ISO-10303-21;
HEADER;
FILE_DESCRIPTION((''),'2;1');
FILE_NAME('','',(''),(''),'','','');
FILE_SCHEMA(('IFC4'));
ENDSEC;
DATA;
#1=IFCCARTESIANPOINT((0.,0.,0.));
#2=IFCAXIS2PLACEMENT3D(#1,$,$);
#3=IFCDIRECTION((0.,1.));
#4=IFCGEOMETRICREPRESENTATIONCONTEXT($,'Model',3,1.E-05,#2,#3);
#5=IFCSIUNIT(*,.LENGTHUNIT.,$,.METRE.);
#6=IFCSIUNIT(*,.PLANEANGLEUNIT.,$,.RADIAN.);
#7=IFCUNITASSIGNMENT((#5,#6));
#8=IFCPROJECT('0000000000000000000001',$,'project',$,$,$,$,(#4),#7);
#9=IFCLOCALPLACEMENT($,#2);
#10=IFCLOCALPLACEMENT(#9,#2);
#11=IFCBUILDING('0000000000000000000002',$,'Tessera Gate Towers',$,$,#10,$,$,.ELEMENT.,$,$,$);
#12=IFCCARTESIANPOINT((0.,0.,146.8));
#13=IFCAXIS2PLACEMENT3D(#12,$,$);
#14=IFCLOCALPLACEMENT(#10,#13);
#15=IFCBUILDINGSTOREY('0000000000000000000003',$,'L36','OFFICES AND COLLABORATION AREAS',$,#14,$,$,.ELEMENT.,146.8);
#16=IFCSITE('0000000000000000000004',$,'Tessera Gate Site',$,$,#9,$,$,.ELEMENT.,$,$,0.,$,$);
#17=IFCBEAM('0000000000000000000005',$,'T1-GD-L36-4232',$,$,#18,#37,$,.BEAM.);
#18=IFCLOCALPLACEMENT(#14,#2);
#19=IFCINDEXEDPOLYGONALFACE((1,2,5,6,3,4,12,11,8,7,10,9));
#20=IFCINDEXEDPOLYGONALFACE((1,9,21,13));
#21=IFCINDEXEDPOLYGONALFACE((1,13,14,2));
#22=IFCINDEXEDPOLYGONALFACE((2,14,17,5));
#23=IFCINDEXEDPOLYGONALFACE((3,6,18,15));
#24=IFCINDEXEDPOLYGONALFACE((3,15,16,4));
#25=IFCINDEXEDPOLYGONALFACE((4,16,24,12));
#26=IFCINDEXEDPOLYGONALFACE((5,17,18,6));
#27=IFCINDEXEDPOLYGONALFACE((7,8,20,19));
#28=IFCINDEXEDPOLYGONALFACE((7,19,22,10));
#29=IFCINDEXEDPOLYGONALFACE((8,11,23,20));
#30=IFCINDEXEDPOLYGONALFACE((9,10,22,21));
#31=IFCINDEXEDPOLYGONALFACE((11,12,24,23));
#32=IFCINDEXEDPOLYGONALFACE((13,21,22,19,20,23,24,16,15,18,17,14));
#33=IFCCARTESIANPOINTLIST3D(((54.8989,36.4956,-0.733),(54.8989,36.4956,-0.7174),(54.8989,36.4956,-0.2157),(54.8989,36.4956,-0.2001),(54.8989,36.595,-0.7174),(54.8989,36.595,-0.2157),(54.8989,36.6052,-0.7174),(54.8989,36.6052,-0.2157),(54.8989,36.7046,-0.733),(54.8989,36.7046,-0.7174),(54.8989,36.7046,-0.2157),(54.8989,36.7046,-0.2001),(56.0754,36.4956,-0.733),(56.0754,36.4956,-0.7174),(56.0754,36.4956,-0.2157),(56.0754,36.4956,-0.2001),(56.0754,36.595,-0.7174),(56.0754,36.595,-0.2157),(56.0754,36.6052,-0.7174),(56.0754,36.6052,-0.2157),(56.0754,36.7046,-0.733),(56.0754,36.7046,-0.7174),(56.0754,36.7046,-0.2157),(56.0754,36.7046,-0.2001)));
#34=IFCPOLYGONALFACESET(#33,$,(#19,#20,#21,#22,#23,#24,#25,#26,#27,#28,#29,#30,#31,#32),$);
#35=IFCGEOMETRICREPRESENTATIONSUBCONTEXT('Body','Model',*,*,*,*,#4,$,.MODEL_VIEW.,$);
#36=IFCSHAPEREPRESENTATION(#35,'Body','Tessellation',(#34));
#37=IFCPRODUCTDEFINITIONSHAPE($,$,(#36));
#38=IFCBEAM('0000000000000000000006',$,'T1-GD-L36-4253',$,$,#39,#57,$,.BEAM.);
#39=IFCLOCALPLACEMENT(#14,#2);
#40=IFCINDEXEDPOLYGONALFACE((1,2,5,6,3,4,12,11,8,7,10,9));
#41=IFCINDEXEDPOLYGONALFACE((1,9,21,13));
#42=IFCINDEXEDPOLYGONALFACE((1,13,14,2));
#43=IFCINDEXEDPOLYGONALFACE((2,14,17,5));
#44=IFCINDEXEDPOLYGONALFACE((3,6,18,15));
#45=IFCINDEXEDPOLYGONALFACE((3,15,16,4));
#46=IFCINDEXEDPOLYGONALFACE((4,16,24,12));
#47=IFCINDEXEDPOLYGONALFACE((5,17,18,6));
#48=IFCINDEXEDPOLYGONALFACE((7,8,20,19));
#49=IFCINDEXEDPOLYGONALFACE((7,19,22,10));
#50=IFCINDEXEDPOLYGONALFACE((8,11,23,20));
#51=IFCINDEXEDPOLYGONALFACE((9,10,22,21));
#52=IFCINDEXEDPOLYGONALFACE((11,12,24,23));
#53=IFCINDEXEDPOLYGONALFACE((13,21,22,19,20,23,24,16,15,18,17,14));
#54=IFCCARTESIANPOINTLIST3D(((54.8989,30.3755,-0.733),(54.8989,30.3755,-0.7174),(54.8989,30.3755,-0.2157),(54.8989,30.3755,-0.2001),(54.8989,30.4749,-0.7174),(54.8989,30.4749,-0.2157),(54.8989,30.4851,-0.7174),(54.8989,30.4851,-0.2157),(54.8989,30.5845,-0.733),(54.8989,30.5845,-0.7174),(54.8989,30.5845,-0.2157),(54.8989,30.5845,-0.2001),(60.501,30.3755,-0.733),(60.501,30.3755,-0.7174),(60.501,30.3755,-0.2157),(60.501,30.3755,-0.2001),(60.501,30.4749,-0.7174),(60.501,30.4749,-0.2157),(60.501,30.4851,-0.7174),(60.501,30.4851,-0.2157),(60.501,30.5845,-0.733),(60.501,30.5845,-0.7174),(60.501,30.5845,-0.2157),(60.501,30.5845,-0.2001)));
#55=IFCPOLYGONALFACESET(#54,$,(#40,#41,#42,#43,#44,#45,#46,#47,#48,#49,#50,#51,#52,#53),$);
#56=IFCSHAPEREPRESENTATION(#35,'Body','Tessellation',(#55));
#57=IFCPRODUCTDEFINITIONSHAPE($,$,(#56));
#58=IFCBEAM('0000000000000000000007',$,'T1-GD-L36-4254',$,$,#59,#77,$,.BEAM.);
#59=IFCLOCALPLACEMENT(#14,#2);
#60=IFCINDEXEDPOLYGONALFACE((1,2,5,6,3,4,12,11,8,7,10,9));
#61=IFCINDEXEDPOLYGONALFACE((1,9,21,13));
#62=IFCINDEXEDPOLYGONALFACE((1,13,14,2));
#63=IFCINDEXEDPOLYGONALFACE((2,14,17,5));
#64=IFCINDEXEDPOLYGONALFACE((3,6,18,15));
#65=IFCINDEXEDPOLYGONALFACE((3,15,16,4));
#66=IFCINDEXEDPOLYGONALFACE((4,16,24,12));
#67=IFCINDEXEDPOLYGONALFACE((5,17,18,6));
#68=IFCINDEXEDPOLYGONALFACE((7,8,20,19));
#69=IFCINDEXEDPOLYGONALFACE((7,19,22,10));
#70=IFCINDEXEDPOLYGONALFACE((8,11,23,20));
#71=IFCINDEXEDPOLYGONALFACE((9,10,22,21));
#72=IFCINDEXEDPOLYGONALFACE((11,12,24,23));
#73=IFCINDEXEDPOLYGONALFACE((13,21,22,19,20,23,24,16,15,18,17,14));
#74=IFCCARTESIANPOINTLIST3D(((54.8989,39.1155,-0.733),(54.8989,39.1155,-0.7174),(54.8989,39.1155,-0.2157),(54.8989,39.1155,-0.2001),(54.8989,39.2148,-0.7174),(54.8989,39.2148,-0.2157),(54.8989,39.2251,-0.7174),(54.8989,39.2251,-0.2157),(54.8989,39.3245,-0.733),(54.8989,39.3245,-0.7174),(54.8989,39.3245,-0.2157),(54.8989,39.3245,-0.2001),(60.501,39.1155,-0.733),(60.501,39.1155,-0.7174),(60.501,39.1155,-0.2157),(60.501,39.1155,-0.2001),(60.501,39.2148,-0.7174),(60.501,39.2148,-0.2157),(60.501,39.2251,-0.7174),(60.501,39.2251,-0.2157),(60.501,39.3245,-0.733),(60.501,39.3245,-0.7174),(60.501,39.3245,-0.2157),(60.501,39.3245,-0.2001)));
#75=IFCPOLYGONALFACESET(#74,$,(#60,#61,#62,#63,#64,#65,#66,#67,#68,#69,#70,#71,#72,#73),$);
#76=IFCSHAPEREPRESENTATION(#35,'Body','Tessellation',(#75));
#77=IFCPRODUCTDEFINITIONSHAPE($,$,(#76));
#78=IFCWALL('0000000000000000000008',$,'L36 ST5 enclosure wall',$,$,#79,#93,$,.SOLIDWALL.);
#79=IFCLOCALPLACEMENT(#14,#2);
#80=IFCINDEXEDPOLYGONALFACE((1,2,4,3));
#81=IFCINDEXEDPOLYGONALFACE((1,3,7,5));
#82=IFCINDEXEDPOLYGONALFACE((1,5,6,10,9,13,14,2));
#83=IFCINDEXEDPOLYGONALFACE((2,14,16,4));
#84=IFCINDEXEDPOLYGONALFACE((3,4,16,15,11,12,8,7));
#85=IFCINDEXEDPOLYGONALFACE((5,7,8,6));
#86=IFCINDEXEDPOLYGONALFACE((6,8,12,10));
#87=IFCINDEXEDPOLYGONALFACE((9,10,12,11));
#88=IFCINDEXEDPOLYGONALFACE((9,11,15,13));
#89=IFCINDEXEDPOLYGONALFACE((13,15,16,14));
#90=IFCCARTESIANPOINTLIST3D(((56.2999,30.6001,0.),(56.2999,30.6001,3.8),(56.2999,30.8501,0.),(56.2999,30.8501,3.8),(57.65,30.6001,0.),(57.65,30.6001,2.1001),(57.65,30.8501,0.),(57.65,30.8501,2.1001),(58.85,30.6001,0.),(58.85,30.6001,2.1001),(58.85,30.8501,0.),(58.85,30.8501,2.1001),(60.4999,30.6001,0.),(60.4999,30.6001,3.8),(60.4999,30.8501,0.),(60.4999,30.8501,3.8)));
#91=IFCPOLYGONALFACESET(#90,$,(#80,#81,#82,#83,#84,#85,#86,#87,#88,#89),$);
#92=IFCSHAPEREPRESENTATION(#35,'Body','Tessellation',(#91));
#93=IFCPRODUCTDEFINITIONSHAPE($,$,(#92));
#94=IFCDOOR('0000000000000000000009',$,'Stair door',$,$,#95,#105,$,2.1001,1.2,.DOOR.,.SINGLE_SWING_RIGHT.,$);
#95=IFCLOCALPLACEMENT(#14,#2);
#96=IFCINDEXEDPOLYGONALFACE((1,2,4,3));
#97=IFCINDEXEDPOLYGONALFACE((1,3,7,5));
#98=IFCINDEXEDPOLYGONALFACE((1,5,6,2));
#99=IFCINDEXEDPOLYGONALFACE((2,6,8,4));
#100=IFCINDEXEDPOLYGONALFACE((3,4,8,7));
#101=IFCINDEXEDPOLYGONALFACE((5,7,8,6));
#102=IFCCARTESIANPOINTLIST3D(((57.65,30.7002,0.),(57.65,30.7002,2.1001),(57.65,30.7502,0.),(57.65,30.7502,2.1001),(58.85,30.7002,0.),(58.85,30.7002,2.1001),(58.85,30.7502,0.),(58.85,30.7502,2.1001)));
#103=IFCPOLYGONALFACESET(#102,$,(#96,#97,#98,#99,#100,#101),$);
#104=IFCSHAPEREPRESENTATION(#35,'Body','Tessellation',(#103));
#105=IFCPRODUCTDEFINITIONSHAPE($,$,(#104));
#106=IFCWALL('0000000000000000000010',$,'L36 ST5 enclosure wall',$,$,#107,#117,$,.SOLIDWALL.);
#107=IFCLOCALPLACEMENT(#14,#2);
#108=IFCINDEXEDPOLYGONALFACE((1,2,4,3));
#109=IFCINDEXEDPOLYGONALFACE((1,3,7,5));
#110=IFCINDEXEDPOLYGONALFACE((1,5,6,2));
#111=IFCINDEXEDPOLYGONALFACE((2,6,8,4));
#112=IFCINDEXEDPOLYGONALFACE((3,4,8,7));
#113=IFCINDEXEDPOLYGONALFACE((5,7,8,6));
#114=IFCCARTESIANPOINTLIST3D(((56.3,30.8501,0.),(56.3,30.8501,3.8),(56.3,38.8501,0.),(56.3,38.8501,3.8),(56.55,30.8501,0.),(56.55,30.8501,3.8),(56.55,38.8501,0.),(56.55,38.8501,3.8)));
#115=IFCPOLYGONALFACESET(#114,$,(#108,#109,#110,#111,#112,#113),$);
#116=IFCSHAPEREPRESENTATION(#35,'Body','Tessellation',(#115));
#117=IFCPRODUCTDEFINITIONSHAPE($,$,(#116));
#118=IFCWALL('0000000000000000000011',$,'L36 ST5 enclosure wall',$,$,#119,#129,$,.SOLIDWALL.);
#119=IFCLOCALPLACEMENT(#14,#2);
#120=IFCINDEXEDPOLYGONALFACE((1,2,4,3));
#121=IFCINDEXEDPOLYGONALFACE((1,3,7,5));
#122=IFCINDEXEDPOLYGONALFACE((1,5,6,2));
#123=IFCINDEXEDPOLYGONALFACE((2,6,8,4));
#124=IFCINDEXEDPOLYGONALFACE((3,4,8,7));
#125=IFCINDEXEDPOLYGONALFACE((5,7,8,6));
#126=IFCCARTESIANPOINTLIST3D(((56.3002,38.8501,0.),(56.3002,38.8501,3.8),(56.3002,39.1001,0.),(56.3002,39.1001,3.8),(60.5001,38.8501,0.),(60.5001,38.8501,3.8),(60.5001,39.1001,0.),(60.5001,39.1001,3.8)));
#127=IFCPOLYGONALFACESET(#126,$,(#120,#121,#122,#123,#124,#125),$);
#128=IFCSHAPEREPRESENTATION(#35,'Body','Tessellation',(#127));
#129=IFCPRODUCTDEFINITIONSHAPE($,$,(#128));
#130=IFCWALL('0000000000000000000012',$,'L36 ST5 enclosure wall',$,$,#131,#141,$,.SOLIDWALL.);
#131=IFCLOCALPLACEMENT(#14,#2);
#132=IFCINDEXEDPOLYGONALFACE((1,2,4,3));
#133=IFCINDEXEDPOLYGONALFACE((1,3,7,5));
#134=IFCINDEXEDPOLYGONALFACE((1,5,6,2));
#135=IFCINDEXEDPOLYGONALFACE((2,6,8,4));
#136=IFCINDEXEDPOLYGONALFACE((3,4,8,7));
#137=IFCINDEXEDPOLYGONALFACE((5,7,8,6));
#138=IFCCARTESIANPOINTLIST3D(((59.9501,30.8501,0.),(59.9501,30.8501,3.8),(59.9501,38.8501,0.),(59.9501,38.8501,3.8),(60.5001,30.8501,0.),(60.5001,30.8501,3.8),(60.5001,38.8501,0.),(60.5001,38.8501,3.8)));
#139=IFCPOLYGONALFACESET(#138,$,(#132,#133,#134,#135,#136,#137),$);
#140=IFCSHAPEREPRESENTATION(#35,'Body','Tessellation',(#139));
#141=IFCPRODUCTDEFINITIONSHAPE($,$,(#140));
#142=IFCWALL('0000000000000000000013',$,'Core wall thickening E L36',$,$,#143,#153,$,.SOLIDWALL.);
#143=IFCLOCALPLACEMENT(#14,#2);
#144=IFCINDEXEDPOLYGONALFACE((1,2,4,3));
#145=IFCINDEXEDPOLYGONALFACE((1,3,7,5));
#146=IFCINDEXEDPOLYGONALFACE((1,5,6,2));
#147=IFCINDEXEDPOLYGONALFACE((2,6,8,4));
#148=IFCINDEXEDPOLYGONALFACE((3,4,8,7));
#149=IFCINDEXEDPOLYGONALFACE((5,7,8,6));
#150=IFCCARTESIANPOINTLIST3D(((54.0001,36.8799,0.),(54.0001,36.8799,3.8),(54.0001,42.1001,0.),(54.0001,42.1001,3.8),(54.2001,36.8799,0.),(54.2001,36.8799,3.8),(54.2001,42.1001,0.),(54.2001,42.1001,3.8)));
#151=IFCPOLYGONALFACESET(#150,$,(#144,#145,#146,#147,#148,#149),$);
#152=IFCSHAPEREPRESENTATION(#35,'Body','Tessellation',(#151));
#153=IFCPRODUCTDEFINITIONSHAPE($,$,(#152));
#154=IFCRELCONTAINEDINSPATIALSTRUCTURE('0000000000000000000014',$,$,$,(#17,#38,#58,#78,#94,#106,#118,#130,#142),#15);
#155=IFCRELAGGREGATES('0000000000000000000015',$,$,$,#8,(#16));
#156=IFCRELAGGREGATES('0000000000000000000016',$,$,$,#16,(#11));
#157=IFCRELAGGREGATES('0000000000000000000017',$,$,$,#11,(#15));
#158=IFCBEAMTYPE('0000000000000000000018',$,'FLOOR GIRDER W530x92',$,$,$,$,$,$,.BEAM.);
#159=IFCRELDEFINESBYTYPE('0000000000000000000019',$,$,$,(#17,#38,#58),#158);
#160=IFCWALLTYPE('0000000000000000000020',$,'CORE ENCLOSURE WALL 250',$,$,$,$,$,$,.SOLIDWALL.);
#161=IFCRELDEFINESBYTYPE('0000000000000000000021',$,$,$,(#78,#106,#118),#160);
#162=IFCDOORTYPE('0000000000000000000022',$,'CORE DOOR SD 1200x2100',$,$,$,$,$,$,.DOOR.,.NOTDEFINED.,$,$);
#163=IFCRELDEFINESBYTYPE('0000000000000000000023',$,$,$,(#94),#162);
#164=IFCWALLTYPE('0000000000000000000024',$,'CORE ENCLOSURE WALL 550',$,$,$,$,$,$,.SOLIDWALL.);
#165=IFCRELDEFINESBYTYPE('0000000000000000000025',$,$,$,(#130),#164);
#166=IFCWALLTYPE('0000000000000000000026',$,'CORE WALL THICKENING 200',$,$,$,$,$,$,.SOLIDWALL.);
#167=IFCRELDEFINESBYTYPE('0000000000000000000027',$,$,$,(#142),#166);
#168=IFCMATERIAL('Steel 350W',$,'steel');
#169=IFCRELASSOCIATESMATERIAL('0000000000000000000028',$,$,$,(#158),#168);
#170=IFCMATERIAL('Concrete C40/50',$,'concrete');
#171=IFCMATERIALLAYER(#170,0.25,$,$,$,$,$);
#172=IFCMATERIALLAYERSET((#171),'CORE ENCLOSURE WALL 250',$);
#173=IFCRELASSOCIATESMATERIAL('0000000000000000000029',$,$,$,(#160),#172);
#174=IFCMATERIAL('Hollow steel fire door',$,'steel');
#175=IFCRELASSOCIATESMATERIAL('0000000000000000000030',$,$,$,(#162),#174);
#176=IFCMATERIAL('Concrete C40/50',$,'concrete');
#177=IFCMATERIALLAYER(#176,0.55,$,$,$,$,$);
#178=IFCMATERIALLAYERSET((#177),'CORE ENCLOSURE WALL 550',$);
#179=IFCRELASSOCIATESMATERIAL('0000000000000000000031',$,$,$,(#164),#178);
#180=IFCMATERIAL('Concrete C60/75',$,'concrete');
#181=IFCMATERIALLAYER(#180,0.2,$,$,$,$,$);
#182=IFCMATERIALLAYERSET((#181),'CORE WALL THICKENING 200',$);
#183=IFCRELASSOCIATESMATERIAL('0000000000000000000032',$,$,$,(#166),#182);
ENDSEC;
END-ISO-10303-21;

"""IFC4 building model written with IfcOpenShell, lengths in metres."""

from ifc_helpers import new_model, si_unit, direction, frame, frame_2d, origin, origin_2d, place, context, subcontext, project, spatial, rectangle, i_section, extrude, source, transform, mapped, material, layer, layer_set, material_profile, profile_set, type_object, element, fill, save


model = new_model("IFC4")

# Units and contexts
model_context = context("Model", 3, precision=1e-05, world=origin(), true_north=direction((0.0, 1.0)))
body_context = subcontext(model_context, "Body", "Model", "MODEL_VIEW")
ifc_project = project(units=[si_unit("LENGTHUNIT", "METRE"), si_unit("PLANEANGLEUNIT", "RADIAN")], contexts=[model_context])

# Site, building, storey
site_placement = place(None, origin())
site = spatial("IfcSite", under=ifc_project, at=site_placement, Name="Tessera Gate Site", CompositionType="ELEMENT", RefElevation=0.0)
building_placement = place(site_placement, origin())
building = spatial("IfcBuilding", under=site, at=building_placement, Name="Tessera Gate Towers", CompositionType="ELEMENT")
storey_placement = place(building_placement, frame((0.0, 0.0, 146.8)))
storey = spatial("IfcBuildingStorey", under=building, at=storey_placement, Name="L36", Description="OFFICES AND COLLABORATION AREAS", CompositionType="ELEMENT", Elevation=146.8)

# Beams
ifc_material_1 = material(Name="Steel 350W", Category="steel")
ifc_material_profile = material_profile(ifc_material_1, i_section(OverallWidth=0.209, OverallDepth=0.533, WebThickness=0.0103, FlangeThickness=0.0156, at=origin_2d()), Name="W530x92")
ifc_profile_set = profile_set([ifc_material_profile], Name="Steel 350W")
beam_type = type_object("IfcBeamType", Name="FLOOR GIRDER W530x92", PredefinedType="BEAM", material=ifc_profile_set)
beam_placement = place(storey_placement, frame((54.8989, 36.6001, -0.4666), z_axis=(1.0, 0.0, 0.0), x_axis=(0.0, 1.0, 0.0)))
element("IfcBeam", 1, at=beam_placement, inside=storey, type_object=beam_type, Name="T1-GD-L36-4232", PredefinedType="BEAM", context=body_context, shape_type="SweptSolid", body=[
    extrude(i_section(OverallWidth=0.209, OverallDepth=0.533, WebThickness=0.0103, FlangeThickness=0.0156, at=origin_2d()), origin(), (0.0, 0.0, 1.0), 1.1765),
])
for number, where, z_axis, x_axis, name in (
    (2, (54.8989, 30.48, -0.4666), (1.0, 0.0, 0.0), (0.0, 1.0, 0.0), "T1-GD-L36-4253"),
    (3, (54.8989, 39.22, -0.4666), (1.0, 0.0, 0.0), (0.0, 1.0, 0.0), "T1-GD-L36-4254"),
):
    element("IfcBeam", number, at=place(storey_placement, frame(where, z_axis=z_axis, x_axis=x_axis)), inside=storey, type_object=beam_type, Name=name, PredefinedType="BEAM", context=body_context, shape_type="SweptSolid", body=[
        extrude(i_section(OverallWidth=0.209, OverallDepth=0.533, WebThickness=0.0103, FlangeThickness=0.0156, at=origin_2d()), origin(), (0.0, 0.0, 1.0), 5.6021),
    ])

# Wall, opening, door
ifc_material_2 = material(Name="Concrete C40/50", Category="concrete")
ifc_layer_1 = layer(ifc_material_2, 0.25)
ifc_layer_set_1 = layer_set([ifc_layer_1], Name="CORE ENCLOSURE WALL 250")
wall_type_1 = type_object("IfcWallType", Name="CORE ENCLOSURE WALL 250", PredefinedType="SOLIDWALL", material=ifc_layer_set_1)
wall_1_placement = place(storey_placement, frame((60.5, 30.7251, 0.0), z_axis=(0.0, 0.0, 1.0), x_axis=(-1.0, 0.0, 0.0)))
wall_1 = element("IfcWall", 4, at=wall_1_placement, inside=storey, type_object=wall_type_1, Name="L36 ST5 enclosure wall", PredefinedType="SOLIDWALL", context=body_context, shape_type="SweptSolid", body=[
    extrude(rectangle(XDim=4.2, YDim=0.25, at=frame_2d((2.1001, 0.0))), origin(), (0.0, 0.0, 1.0), 3.8),
])
shared_shape_1 = source(origin(), body_context, "Body", "SweptSolid", [
    extrude(rectangle(XDim=1.2, YDim=2.1001, at=frame_2d((0.6001, 1.05))), frame((0.0, 0.135, 0.0), z_axis=(0.0, -1.0, 0.0), x_axis=(1.0, 0.0, 0.0)), (0.0, 0.0, 1.0), 0.27),
])
opening_1_placement = place(wall_1_placement, frame((1.6499, 0.0, 0.0)))
opening_1 = element("IfcOpeningElement", 5, at=opening_1_placement, cuts=wall_1, PredefinedType="OPENING", context=body_context, shape_type="MappedRepresentation", body=[
    mapped(shared_shape_1, transform((0.0, 0.0, 0.0), scale=1.0)),
])
ifc_material_3 = material(Name="Hollow steel fire door", Category="steel")
door_type_1 = type_object("IfcDoorType", Name="CORE DOOR SD 1200x2100", OperationType="NOTDEFINED", PredefinedType="DOOR", material=ifc_material_3)
shared_shape_2 = source(origin(), body_context, "Body", "SweptSolid", [
    extrude(rectangle(XDim=1.2, YDim=2.1001, at=frame_2d((0.6001, 1.05))), frame((0.0, 0.0249, 0.0), z_axis=(0.0, -1.0, 0.0), x_axis=(1.0, 0.0, 0.0)), (0.0, 0.0, 1.0), 0.05),
])
door_1_placement = place(opening_1_placement, origin())
door_1 = element("IfcDoor", 6, at=door_1_placement, inside=storey, type_object=door_type_1, Name="Stair door", OperationType="SINGLE_SWING_RIGHT", OverallHeight=2.1001, OverallWidth=1.2, PredefinedType="DOOR", context=body_context, shape_type="MappedRepresentation", body=[
    mapped(shared_shape_2, transform((0.0, 0.0, 0.0), scale=1.0)),
])
fill(opening_1, door_1)

# Walls
wall_2_placement = place(storey_placement, frame((56.425, 30.8501, 0.0), z_axis=(0.0, 0.0, 1.0), x_axis=(0.0, 1.0, 0.0)))
element("IfcWall", 7, at=wall_2_placement, inside=storey, type_object=wall_type_1, Name="L36 ST5 enclosure wall", PredefinedType="SOLIDWALL", context=body_context, shape_type="SweptSolid", body=[
    extrude(rectangle(XDim=8.0, YDim=0.25, at=frame_2d((4.0, 0.0))), origin(), (0.0, 0.0, 1.0), 3.8),
])
wall_3_placement = place(storey_placement, frame((56.3, 38.9751, 0.0), z_axis=(0.0, 0.0, 1.0), x_axis=(1.0, 0.0, 0.0)))
element("IfcWall", 8, at=wall_3_placement, inside=storey, type_object=wall_type_1, Name="L36 ST5 enclosure wall", PredefinedType="SOLIDWALL", context=body_context, shape_type="SweptSolid", body=[
    extrude(rectangle(XDim=4.2, YDim=0.25, at=frame_2d((2.1001, 0.0))), origin(), (0.0, 0.0, 1.0), 3.8),
])
ifc_material_4 = material(Name="Concrete C40/50", Category="concrete")
ifc_layer_2 = layer(ifc_material_4, 0.55)
ifc_layer_set_2 = layer_set([ifc_layer_2], Name="CORE ENCLOSURE WALL 550")
wall_type_2 = type_object("IfcWallType", Name="CORE ENCLOSURE WALL 550", PredefinedType="SOLIDWALL", material=ifc_layer_set_2)
wall_4_placement = place(storey_placement, frame((60.2251, 38.8501, 0.0), z_axis=(0.0, 0.0, 1.0), x_axis=(0.0, -1.0, 0.0)))
element("IfcWall", 9, at=wall_4_placement, inside=storey, type_object=wall_type_2, Name="L36 ST5 enclosure wall", PredefinedType="SOLIDWALL", context=body_context, shape_type="SweptSolid", body=[
    extrude(rectangle(XDim=8.0, YDim=0.55, at=frame_2d((4.0, 0.0))), origin(), (0.0, 0.0, 1.0), 3.8),
])
ifc_material_5 = material(Name="Concrete C60/75", Category="concrete")
ifc_layer_3 = layer(ifc_material_5, 0.2)
ifc_layer_set_3 = layer_set([ifc_layer_3], Name="CORE WALL THICKENING 200")
wall_type_3 = type_object("IfcWallType", Name="CORE WALL THICKENING 200", PredefinedType="SOLIDWALL", material=ifc_layer_set_3)
wall_5_placement = place(storey_placement, frame((54.1001, 36.8799, 0.0), z_axis=(0.0, 0.0, 1.0), x_axis=(0.0, 1.0, 0.0)))
element("IfcWall", 10, at=wall_5_placement, inside=storey, type_object=wall_type_3, Name="Core wall thickening E L36", PredefinedType="SOLIDWALL", context=body_context, shape_type="SweptSolid", body=[
    extrude(rectangle(XDim=5.2202, YDim=0.2, at=frame_2d((2.6101, 0.0))), origin(), (0.0, 0.0, 1.0), 3.8),
])

save(model, "model.ifc")
